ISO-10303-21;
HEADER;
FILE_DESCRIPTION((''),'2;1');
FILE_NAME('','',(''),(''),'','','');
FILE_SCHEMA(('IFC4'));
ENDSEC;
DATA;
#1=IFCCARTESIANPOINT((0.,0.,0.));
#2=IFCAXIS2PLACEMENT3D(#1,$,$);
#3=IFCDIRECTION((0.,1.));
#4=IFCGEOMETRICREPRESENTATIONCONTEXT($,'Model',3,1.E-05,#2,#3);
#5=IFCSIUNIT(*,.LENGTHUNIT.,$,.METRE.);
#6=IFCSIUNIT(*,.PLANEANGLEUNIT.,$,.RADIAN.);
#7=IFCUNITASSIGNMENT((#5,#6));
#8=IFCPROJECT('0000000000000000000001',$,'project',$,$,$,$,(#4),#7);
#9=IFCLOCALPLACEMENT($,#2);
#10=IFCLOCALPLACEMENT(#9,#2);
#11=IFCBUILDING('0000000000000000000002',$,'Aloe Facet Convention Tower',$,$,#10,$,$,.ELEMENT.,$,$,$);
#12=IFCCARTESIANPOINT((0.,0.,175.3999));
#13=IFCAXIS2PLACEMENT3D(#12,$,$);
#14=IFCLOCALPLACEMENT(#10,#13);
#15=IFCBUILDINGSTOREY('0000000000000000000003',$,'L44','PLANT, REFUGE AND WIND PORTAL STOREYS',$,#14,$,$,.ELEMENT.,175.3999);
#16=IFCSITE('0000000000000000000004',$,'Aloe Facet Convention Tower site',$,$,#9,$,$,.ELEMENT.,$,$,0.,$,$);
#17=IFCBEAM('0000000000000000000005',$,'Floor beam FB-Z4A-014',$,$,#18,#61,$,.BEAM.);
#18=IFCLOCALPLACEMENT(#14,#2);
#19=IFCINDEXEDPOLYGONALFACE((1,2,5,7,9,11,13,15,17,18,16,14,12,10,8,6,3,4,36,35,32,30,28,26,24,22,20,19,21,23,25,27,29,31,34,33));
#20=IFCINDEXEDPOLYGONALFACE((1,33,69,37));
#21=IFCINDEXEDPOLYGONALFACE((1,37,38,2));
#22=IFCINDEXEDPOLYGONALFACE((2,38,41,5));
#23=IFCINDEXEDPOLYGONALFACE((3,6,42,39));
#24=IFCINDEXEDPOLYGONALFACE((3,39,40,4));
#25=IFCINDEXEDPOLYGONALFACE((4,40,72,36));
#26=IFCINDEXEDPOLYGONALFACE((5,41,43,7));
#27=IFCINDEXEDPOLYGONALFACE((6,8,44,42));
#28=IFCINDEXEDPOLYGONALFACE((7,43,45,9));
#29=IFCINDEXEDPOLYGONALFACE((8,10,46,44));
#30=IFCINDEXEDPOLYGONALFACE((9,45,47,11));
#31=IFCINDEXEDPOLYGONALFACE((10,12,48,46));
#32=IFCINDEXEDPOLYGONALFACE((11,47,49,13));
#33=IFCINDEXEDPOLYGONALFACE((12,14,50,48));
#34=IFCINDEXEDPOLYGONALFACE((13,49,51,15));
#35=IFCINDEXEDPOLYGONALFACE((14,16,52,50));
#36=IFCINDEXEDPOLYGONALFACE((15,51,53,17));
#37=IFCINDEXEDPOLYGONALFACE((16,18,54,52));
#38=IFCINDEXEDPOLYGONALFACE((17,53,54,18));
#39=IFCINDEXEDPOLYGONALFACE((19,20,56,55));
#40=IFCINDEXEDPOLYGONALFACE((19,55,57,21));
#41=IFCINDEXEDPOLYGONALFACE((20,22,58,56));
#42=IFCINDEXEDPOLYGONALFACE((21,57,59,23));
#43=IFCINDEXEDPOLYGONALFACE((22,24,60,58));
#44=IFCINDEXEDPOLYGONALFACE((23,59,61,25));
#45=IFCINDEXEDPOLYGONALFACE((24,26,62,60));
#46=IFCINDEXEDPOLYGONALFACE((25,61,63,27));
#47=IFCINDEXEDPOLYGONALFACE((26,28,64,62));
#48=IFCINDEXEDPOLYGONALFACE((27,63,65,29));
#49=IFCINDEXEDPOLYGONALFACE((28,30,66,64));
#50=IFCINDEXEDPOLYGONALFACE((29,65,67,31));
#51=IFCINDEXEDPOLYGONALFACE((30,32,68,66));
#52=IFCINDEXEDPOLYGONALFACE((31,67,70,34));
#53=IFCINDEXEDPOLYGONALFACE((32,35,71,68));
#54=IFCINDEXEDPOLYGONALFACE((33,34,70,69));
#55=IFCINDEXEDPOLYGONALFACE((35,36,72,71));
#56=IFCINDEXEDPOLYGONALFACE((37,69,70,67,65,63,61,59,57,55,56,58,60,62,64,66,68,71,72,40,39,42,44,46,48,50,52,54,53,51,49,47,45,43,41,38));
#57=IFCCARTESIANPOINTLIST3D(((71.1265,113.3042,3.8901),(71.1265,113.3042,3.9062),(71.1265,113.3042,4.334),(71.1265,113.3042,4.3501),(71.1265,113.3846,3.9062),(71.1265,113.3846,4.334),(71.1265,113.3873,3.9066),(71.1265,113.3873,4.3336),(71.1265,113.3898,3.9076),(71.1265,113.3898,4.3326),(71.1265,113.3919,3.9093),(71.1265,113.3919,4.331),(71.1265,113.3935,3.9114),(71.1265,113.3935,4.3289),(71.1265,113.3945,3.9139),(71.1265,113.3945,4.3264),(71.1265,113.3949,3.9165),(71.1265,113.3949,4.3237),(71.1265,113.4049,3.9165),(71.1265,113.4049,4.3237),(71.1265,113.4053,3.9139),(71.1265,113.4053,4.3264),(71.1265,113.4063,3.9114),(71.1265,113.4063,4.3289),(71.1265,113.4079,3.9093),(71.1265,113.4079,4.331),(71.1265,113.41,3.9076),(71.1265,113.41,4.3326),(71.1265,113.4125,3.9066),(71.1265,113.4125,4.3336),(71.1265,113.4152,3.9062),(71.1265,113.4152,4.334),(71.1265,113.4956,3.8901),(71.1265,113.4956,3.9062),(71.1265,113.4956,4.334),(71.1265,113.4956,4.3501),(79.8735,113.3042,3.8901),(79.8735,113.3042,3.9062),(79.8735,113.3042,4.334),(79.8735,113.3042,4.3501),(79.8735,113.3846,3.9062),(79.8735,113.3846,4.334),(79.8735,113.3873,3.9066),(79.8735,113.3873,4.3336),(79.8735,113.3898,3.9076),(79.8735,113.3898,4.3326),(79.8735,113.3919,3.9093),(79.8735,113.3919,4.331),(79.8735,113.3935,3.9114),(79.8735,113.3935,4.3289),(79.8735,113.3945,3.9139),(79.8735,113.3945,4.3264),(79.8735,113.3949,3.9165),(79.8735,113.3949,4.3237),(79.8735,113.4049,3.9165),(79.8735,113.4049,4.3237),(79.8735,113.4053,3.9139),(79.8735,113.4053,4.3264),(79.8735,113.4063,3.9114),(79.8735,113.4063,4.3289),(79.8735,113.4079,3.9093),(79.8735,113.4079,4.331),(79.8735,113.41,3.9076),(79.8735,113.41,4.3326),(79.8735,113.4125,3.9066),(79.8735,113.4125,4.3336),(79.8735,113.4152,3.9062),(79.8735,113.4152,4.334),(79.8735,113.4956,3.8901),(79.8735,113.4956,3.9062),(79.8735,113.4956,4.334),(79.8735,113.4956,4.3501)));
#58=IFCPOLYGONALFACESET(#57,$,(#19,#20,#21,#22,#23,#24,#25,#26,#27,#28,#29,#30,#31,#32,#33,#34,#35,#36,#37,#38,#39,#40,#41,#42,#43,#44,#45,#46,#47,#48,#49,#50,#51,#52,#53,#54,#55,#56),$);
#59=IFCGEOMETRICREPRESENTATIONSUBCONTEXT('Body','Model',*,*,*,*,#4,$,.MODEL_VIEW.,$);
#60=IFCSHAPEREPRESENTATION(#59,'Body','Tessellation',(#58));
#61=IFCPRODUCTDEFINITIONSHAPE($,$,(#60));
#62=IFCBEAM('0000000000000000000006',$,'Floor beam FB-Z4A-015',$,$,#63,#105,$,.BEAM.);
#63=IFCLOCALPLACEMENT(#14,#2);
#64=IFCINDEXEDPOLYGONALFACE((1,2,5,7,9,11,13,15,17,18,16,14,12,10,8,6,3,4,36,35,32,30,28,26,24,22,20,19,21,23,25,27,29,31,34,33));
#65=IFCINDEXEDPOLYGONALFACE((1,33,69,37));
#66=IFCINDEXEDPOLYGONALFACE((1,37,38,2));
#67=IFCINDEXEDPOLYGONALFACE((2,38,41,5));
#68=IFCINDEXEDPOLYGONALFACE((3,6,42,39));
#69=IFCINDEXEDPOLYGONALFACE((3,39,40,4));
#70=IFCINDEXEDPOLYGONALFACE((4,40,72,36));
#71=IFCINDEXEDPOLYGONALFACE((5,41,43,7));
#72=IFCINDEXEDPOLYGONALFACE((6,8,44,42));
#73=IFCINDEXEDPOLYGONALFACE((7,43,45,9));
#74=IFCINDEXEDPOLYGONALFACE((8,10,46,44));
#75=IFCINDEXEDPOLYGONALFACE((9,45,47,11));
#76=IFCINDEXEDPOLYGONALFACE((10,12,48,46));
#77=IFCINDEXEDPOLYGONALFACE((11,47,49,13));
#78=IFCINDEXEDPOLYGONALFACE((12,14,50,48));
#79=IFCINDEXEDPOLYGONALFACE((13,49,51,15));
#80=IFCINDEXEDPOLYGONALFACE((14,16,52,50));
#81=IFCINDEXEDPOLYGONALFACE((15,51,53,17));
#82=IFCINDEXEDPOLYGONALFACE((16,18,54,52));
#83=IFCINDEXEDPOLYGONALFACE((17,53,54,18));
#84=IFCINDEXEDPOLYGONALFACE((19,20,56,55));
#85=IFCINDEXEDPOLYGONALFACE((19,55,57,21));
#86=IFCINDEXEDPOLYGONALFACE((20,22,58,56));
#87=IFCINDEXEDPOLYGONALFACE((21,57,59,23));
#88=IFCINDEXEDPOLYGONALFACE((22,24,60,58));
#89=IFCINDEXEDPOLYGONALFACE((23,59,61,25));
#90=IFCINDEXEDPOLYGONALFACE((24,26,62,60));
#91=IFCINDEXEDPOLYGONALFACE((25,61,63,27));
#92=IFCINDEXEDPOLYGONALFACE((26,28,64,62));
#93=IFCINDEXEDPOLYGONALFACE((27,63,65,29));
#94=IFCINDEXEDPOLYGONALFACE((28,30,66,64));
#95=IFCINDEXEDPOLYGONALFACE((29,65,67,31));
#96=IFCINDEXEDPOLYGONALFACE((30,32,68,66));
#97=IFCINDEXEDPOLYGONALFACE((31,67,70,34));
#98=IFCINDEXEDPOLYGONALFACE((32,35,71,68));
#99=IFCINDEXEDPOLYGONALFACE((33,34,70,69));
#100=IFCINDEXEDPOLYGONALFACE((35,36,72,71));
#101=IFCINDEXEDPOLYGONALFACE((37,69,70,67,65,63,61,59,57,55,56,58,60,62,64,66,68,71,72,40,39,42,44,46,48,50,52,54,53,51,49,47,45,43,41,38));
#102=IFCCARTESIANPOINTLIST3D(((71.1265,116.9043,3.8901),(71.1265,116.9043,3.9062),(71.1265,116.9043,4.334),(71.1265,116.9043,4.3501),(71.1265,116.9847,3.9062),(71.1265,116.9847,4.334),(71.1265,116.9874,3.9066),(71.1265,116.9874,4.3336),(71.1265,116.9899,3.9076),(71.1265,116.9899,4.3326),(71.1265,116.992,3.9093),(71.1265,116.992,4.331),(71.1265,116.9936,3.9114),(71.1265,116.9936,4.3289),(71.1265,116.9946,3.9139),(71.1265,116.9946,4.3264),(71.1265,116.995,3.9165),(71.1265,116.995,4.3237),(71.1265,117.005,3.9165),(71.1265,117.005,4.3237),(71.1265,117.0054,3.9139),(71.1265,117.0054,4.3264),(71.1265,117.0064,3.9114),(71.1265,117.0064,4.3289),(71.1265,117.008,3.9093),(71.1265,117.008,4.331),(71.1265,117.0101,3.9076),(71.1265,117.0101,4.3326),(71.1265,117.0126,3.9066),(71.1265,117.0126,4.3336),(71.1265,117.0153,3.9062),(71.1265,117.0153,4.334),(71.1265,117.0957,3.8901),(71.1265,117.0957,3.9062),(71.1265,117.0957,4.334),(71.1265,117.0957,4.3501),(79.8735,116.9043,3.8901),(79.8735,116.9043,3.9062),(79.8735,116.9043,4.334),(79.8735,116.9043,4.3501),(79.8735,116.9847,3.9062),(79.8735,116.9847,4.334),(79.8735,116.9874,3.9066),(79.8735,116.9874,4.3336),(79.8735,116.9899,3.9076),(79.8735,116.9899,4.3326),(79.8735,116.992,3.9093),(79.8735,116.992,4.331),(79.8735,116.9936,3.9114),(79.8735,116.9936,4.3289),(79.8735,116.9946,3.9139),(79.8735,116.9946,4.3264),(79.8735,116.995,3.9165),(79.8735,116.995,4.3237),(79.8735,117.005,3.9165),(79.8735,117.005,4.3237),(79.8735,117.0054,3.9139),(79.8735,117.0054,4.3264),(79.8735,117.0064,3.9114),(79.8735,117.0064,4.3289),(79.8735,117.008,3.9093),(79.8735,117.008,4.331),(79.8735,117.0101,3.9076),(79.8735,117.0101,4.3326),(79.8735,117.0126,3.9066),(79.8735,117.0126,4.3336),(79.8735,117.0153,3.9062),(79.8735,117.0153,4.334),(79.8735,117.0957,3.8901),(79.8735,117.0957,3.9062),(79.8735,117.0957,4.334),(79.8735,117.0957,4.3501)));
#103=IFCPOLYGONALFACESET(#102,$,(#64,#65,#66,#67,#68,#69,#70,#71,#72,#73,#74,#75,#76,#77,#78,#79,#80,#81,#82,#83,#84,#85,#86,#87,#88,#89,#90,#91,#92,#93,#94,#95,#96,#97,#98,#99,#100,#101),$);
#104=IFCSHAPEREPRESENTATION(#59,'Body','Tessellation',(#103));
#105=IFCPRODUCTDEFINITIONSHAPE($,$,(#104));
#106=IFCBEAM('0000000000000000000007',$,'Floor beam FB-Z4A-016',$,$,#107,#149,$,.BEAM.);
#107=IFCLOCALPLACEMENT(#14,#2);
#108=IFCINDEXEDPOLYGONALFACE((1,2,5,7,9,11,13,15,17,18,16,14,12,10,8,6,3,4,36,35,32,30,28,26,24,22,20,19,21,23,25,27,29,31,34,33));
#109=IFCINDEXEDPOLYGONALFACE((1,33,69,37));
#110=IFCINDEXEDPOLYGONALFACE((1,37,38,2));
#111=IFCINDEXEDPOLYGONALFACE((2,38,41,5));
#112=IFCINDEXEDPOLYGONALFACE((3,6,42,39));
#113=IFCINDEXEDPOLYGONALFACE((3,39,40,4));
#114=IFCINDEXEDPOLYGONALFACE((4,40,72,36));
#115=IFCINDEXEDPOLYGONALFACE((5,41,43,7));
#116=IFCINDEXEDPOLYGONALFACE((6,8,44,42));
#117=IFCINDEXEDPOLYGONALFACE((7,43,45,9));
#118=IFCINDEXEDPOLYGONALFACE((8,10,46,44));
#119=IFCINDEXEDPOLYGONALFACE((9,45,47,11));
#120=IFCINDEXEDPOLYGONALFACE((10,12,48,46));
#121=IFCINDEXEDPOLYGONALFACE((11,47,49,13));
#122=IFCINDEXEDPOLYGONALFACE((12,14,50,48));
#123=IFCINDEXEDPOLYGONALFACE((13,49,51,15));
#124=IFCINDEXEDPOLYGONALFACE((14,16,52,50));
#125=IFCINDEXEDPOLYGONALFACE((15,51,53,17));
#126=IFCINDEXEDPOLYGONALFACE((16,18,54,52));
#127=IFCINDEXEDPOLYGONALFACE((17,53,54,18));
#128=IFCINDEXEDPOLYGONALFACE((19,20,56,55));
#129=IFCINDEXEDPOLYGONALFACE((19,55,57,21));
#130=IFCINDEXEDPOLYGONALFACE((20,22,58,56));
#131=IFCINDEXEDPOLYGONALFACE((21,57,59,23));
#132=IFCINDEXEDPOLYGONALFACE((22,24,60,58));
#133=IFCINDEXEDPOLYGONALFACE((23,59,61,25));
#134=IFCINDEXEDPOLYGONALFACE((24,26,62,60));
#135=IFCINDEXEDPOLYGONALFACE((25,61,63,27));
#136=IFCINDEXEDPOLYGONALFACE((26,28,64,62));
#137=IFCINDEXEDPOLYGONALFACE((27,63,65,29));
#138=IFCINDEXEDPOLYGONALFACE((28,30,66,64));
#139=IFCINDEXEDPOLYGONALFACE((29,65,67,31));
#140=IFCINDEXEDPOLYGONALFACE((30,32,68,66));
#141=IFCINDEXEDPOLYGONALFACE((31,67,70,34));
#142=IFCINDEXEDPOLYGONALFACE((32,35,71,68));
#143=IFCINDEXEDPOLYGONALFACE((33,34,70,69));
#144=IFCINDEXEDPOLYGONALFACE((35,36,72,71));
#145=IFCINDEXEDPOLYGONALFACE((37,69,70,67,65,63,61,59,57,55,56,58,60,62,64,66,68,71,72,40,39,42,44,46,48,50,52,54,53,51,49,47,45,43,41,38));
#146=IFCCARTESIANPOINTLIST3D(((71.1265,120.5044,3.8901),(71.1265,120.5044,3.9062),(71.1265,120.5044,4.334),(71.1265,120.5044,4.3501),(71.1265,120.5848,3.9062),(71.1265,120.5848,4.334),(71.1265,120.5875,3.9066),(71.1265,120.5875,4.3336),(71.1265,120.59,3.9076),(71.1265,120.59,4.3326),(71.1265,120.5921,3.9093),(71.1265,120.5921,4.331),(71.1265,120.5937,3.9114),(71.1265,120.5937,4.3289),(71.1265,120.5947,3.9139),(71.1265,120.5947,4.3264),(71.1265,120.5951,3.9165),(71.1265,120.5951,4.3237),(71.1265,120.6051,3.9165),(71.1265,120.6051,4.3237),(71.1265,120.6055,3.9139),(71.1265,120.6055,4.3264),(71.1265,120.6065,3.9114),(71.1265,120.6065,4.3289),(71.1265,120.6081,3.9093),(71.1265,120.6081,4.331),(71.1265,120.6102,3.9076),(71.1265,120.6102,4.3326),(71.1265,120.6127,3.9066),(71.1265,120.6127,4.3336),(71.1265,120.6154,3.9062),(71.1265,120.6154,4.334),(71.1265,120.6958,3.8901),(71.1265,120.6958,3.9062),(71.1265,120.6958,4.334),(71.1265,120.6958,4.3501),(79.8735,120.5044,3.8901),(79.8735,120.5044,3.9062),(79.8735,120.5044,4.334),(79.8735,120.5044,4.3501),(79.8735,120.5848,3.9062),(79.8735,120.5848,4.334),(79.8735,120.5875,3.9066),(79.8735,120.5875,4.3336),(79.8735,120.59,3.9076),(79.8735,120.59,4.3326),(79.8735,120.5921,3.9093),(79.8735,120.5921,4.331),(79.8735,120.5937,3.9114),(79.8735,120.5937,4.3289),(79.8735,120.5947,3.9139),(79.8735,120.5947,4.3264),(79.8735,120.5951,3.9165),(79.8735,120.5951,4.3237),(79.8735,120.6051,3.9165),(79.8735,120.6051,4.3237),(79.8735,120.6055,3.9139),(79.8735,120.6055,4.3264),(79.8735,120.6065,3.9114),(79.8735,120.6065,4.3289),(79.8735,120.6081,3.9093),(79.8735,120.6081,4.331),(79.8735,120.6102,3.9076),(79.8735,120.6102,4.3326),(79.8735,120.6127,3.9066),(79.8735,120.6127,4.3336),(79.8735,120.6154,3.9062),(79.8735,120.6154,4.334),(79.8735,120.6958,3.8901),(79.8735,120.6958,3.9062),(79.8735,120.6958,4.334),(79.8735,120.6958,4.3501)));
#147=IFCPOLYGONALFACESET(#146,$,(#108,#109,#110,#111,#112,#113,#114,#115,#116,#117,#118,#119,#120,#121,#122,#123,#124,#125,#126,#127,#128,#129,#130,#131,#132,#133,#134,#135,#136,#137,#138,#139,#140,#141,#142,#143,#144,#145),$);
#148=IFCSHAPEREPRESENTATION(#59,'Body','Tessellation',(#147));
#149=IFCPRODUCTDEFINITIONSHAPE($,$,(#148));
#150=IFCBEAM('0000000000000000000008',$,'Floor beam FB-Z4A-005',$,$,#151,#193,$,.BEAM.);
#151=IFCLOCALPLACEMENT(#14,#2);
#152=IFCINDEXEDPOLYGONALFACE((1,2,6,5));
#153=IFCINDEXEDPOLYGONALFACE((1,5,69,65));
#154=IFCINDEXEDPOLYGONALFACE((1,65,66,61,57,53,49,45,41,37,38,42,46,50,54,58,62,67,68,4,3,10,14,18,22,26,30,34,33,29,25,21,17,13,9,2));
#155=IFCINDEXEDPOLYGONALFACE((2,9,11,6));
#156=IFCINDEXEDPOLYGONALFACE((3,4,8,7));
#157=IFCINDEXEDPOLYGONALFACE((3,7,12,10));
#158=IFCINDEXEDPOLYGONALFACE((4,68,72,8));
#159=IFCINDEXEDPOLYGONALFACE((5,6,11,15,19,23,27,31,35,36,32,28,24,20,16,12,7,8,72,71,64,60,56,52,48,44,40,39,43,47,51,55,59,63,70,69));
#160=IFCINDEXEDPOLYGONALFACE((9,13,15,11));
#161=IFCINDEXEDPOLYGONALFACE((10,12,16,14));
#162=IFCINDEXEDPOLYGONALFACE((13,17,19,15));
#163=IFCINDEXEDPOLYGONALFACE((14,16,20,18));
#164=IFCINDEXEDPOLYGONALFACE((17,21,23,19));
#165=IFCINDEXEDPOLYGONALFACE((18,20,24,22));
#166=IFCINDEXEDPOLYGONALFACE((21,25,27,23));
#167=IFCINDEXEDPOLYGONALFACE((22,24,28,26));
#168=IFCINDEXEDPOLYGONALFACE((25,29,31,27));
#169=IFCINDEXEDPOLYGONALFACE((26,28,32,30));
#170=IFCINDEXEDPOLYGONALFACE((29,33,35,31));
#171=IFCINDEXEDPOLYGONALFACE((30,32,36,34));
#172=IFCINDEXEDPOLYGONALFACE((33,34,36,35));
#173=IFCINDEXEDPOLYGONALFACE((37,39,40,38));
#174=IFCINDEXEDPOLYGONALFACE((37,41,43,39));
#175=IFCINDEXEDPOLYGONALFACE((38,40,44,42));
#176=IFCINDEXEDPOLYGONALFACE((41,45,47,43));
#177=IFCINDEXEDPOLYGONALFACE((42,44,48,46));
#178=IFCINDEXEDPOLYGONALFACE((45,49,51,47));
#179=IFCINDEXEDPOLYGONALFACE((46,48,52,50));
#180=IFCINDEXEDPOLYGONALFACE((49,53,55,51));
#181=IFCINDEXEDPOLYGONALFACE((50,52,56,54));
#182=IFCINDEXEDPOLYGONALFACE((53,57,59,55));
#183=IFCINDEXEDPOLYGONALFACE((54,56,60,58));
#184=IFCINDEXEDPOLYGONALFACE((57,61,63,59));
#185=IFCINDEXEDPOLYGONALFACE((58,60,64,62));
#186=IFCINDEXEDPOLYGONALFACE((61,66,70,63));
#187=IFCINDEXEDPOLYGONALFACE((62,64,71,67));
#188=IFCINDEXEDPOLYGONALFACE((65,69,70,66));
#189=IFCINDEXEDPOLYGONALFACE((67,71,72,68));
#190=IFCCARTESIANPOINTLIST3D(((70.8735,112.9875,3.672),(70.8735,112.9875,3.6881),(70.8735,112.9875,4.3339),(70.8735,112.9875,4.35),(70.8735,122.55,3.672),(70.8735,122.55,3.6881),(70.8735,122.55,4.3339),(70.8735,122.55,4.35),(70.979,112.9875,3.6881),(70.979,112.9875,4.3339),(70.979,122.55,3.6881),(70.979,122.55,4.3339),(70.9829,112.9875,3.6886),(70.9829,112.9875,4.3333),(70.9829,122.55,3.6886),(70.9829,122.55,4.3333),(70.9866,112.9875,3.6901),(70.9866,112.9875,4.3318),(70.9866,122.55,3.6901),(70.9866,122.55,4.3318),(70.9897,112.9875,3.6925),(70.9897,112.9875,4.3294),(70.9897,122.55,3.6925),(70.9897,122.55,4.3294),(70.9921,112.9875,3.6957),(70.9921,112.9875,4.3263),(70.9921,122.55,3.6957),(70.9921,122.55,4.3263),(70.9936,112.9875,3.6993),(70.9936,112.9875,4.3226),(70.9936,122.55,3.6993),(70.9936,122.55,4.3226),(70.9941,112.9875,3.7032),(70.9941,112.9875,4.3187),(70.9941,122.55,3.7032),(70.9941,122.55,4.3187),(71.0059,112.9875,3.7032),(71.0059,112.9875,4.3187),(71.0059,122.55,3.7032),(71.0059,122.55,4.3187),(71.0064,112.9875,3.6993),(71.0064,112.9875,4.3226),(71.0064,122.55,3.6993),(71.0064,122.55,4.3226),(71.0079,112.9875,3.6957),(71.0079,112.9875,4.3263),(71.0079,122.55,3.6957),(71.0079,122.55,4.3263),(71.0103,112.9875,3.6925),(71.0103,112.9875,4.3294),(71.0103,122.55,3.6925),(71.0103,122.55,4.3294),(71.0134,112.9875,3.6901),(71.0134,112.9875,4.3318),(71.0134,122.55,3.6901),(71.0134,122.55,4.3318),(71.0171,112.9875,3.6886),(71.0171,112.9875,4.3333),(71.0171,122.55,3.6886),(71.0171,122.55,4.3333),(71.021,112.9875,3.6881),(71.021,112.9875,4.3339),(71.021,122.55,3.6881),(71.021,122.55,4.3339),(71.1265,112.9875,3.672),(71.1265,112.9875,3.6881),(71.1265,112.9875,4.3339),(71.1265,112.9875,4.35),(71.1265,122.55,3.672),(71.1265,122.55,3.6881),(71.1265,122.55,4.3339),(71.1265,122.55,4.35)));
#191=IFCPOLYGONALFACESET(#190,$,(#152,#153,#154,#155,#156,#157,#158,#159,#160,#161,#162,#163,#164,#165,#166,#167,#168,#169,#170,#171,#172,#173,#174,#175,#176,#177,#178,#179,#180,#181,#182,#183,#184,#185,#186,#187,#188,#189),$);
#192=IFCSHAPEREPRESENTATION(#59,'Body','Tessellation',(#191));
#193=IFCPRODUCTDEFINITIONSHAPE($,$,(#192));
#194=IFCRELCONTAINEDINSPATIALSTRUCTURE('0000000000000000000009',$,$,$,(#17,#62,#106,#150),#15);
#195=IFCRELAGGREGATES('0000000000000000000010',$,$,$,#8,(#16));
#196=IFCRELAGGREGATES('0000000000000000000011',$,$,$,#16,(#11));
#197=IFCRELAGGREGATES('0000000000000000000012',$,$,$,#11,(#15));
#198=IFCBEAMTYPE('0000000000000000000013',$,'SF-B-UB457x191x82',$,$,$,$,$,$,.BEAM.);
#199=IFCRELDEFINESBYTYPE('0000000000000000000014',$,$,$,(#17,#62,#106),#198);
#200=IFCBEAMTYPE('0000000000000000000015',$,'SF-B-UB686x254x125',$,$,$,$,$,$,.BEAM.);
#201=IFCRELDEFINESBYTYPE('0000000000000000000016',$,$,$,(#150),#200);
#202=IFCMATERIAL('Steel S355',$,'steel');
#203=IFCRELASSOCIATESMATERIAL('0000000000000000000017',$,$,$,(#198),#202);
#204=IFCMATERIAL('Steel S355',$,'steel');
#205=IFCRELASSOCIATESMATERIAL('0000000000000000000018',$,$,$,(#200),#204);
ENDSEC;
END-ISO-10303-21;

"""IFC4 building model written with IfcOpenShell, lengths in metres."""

from ifc_helpers import new_model, si_unit, direction, frame, origin, origin_2d, place, context, subcontext, project, spatial, i_section, extrude, material, material_profile, profile_set, type_object, element, save


model = new_model("IFC4")

# Units and contexts
model_context = context("Model", 3, precision=1e-05, world=origin(), true_north=direction((0.0, 1.0)))
body_context = subcontext(model_context, "Body", "Model", "MODEL_VIEW")
ifc_project = project(units=[si_unit("LENGTHUNIT", "METRE"), si_unit("PLANEANGLEUNIT", "RADIAN")], contexts=[model_context])

# Site, building, storey
site_placement = place(None, origin())
site = spatial("IfcSite", under=ifc_project, at=site_placement, Name="Aloe Facet Convention Tower site", CompositionType="ELEMENT", RefElevation=0.0)
building_placement = place(site_placement, origin())
building = spatial("IfcBuilding", under=site, at=building_placement, Name="Aloe Facet Convention Tower", CompositionType="ELEMENT")
storey_placement = place(building_placement, frame((0.0, 0.0, 175.3999)))
storey = spatial("IfcBuildingStorey", under=building, at=storey_placement, Name="L44", Description="PLANT, REFUGE AND WIND PORTAL STOREYS", CompositionType="ELEMENT", Elevation=175.3999)

# Beams
ifc_material_1 = material(Name="Steel S355", Category="steel")
ifc_material_profile_1 = material_profile(ifc_material_1, i_section(OverallWidth=0.1914, OverallDepth=0.46, WebThickness=0.01, FlangeThickness=0.0161, FilletRadius=0.0103, at=origin_2d()), Name="UB 457x191x82")
ifc_profile_set_1 = profile_set([ifc_material_profile_1], Name="Steel S355")
beam_type_1 = type_object("IfcBeamType", Name="SF-B-UB457x191x82", PredefinedType="BEAM", material=ifc_profile_set_1)
for number, where, z_axis, x_axis, name in (
    (1, (71.1265, 113.3999, 4.1201), (1.0, 0.0, 0.0), (0.0, 1.0, 0.0), "Floor beam FB-Z4A-014"),
    (2, (71.1265, 117.0, 4.1201), (1.0, 0.0, 0.0), (0.0, 1.0, 0.0), "Floor beam FB-Z4A-015"),
    (3, (71.1265, 120.6001, 4.1201), (1.0, 0.0, 0.0), (0.0, 1.0, 0.0), "Floor beam FB-Z4A-016"),
):
    element("IfcBeam", number, at=place(storey_placement, frame(where, z_axis=z_axis, x_axis=x_axis)), inside=storey, type_object=beam_type_1, Name=name, PredefinedType="BEAM", context=body_context, shape_type="SweptSolid", body=[
        extrude(i_section(OverallWidth=0.1914, OverallDepth=0.46, WebThickness=0.01, FlangeThickness=0.0161, FilletRadius=0.0103, at=origin_2d()), origin(), (0.0, 0.0, 1.0), 8.7471),
    ])
ifc_material_2 = material(Name="Steel S355", Category="steel")
ifc_material_profile_2 = material_profile(ifc_material_2, i_section(OverallWidth=0.2529, OverallDepth=0.678, WebThickness=0.0117, FlangeThickness=0.0161, FilletRadius=0.0151, at=origin_2d()), Name="UB 686x254x125")
ifc_profile_set_2 = profile_set([ifc_material_profile_2], Name="Steel S355")
beam_type_2 = type_object("IfcBeamType", Name="SF-B-UB686x254x125", PredefinedType="BEAM", material=ifc_profile_set_2)
beam_1_placement = place(storey_placement, frame((71.0, 122.55, 4.011), z_axis=(0.0, -1.0, 0.0), x_axis=(1.0, 0.0, 0.0)))
element("IfcBeam", 4, at=beam_1_placement, inside=storey, type_object=beam_type_2, Name="Floor beam FB-Z4A-005", PredefinedType="BEAM", context=body_context, shape_type="SweptSolid", body=[
    extrude(i_section(OverallWidth=0.2529, OverallDepth=0.678, WebThickness=0.0117, FlangeThickness=0.0161, FilletRadius=0.0151, at=origin_2d()), origin(), (0.0, 0.0, 1.0), 9.5625),
])

save(model, "model.ifc")
